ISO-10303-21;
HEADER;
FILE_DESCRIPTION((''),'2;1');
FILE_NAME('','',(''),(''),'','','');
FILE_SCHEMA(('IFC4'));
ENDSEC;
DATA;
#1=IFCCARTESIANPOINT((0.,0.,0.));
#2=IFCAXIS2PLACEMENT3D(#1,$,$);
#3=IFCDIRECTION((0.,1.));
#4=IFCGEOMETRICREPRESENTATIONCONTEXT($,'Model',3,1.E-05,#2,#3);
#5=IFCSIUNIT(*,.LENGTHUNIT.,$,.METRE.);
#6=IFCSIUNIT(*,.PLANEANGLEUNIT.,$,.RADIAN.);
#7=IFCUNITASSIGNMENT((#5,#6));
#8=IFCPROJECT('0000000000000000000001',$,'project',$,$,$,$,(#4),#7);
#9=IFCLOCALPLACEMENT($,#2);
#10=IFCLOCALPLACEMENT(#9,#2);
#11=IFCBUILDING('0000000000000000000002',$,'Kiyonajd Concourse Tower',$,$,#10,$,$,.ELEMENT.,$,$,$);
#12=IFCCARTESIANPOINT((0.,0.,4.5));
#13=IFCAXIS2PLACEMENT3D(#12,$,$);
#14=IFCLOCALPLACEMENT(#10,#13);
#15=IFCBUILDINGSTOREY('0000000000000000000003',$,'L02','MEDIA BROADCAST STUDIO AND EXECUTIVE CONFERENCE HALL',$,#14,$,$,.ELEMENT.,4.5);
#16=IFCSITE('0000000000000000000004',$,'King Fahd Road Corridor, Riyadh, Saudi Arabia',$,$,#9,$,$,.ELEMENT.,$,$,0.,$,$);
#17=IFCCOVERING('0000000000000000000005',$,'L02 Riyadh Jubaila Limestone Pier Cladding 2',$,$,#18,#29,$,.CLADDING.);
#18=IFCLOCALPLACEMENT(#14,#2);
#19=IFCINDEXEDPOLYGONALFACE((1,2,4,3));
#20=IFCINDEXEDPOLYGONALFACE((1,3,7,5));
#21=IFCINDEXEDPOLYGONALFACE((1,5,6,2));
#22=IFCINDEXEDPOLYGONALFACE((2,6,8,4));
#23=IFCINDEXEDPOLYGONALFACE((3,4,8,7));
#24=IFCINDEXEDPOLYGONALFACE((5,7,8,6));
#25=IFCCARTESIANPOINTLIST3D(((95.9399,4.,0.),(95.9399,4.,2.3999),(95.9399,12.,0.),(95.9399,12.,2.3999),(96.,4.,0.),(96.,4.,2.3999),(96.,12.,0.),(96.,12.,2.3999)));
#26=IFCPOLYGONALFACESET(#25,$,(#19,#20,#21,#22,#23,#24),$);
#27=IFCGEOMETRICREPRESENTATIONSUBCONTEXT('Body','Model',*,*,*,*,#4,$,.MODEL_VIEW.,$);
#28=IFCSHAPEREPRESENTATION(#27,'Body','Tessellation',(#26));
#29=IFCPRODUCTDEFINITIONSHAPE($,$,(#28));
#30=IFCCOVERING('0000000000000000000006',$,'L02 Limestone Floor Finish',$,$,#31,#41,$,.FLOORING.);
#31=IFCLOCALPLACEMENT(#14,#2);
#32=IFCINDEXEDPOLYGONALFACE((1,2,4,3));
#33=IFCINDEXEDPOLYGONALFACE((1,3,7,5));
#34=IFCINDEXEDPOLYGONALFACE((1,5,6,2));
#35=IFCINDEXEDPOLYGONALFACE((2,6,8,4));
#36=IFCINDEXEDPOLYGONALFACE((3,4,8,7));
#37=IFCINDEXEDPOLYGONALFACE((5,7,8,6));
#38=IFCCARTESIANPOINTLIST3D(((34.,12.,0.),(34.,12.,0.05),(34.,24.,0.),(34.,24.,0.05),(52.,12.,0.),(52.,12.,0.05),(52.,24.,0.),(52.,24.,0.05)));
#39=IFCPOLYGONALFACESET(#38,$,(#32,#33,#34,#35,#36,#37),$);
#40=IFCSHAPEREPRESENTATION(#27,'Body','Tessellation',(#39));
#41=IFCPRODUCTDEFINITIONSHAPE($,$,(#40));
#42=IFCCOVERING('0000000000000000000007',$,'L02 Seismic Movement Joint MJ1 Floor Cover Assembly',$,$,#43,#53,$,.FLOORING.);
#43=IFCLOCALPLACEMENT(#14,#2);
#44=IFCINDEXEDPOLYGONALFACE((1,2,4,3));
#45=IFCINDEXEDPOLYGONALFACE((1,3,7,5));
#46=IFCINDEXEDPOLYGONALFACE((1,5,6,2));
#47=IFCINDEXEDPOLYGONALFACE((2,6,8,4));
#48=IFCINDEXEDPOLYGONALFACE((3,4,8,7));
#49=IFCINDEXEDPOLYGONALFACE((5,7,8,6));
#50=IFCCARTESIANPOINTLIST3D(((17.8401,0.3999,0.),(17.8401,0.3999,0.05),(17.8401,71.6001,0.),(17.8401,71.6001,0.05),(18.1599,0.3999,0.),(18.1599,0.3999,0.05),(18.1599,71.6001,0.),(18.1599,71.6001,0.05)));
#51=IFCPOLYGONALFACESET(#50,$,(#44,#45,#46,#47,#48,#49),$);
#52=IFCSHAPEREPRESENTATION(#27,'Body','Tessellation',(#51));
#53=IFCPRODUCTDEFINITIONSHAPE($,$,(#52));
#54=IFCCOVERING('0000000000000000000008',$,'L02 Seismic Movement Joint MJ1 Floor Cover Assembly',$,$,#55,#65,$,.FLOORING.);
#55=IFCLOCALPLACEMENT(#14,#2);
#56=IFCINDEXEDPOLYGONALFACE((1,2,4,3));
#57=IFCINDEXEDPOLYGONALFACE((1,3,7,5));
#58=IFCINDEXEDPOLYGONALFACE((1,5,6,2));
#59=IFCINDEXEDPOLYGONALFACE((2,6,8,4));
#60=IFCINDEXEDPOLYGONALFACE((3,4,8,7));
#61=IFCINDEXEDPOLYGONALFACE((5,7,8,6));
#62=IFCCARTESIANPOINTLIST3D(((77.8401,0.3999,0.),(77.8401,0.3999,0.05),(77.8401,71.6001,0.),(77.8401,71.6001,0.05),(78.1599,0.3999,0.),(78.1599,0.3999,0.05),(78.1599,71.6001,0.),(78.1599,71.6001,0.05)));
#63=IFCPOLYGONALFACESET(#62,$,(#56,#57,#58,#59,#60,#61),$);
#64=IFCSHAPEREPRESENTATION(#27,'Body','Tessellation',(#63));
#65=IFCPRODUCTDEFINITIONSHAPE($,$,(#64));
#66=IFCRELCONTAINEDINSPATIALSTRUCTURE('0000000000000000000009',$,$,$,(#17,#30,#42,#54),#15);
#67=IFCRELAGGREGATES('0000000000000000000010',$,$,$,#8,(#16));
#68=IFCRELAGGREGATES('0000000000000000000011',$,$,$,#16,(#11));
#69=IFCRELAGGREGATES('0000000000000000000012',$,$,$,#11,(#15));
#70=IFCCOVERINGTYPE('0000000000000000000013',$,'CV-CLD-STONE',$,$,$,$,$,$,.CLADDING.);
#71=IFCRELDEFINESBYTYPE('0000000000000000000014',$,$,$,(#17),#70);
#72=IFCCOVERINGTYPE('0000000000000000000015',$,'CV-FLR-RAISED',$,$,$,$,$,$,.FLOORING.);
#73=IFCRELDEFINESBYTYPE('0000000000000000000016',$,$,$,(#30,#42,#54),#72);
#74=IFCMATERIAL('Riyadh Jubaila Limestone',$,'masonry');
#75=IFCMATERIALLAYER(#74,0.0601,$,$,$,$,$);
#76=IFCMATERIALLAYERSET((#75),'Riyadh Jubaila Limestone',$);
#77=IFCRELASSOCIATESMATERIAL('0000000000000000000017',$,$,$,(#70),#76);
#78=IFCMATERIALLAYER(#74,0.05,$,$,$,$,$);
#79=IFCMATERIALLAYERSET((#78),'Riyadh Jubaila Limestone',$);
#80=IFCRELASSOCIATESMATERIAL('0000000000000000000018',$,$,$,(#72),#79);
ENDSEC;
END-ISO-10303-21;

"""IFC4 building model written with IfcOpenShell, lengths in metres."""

from ifc_helpers import new_model, si_unit, direction, frame, origin, place, context, subcontext, project, spatial, polyline, outline, extrude, material, layer, layer_set, type_object, element, save


model = new_model("IFC4")

# Units and contexts
model_context = context("Model", 3, precision=1e-05, world=origin(), true_north=direction((0.0, 1.0)))
body_context = subcontext(model_context, "Body", "Model", "MODEL_VIEW")
ifc_project = project(units=[si_unit("LENGTHUNIT", "METRE"), si_unit("PLANEANGLEUNIT", "RADIAN")], contexts=[model_context])

# Site, building, storey
site_placement = place(None, origin())
site = spatial("IfcSite", under=ifc_project, at=site_placement, Name="King Fahd Road Corridor, Riyadh, Saudi Arabia", CompositionType="ELEMENT", RefElevation=0.0)
building_placement = place(site_placement, origin())
building = spatial("IfcBuilding", under=site, at=building_placement, Name="Kiyonajd Concourse Tower", CompositionType="ELEMENT")
storey_placement = place(building_placement, frame((0.0, 0.0, 4.5)))
storey = spatial("IfcBuildingStorey", under=building, at=storey_placement, Name="L02", Description="MEDIA BROADCAST STUDIO AND EXECUTIVE CONFERENCE HALL", CompositionType="ELEMENT", Elevation=4.5)

# Coverings
ifc_material_1 = material(Name="Riyadh Jubaila Limestone", Category="masonry")
ifc_layer_1 = layer(ifc_material_1, 0.0601)
ifc_layer_set_1 = layer_set([ifc_layer_1], Name="Riyadh Jubaila Limestone")
covering_type_1 = type_object("IfcCoveringType", Name="CV-CLD-STONE", PredefinedType="CLADDING", material=ifc_layer_set_1)
covering_1_placement = place(storey_placement, origin())
element("IfcCovering", 1, at=covering_1_placement, inside=storey, type_object=covering_type_1, Name="L02 Riyadh Jubaila Limestone Pier Cladding 2", PredefinedType="CLADDING", context=body_context, shape_type="SweptSolid", body=[
    extrude(outline(polyline([(95.9399, 4.0), (96.0, 4.0), (96.0, 12.0), (95.9399, 12.0), (95.9399, 4.0)])), origin(), (0.0, 0.0, 1.0), 2.3999),
])
ifc_layer_2 = layer(ifc_material_1, 0.05)
ifc_layer_set_2 = layer_set([ifc_layer_2], Name="Riyadh Jubaila Limestone")
covering_type_2 = type_object("IfcCoveringType", Name="CV-FLR-RAISED", PredefinedType="FLOORING", material=ifc_layer_set_2)
covering_2_placement = place(storey_placement, origin())
element("IfcCovering", 2, at=covering_2_placement, inside=storey, type_object=covering_type_2, Name="L02 Limestone Floor Finish", PredefinedType="FLOORING", context=body_context, shape_type="SweptSolid", body=[
    extrude(outline(polyline([(34.0, 12.0), (52.0, 12.0), (52.0, 24.0), (34.0, 24.0), (34.0, 12.0)])), origin(), (0.0, 0.0, 1.0), 0.05),
])
covering_3_placement = place(storey_placement, origin())
element("IfcCovering", 3, at=covering_3_placement, inside=storey, type_object=covering_type_2, Name="L02 Seismic Movement Joint MJ1 Floor Cover Assembly", PredefinedType="FLOORING", context=body_context, shape_type="SweptSolid", body=[
    extrude(outline(polyline([(17.8401, 0.3999), (18.1599, 0.3999), (18.1599, 71.6001), (17.8401, 71.6001), (17.8401, 0.3999)])), origin(), (0.0, 0.0, 1.0), 0.05),
])
covering_4_placement = place(storey_placement, origin())
element("IfcCovering", 4, at=covering_4_placement, inside=storey, type_object=covering_type_2, Name="L02 Seismic Movement Joint MJ1 Floor Cover Assembly", PredefinedType="FLOORING", context=body_context, shape_type="SweptSolid", body=[
    extrude(outline(polyline([(77.8401, 0.3999), (78.1599, 0.3999), (78.1599, 71.6001), (77.8401, 71.6001), (77.8401, 0.3999)])), origin(), (0.0, 0.0, 1.0), 0.05),
])

save(model, "model.ifc")
